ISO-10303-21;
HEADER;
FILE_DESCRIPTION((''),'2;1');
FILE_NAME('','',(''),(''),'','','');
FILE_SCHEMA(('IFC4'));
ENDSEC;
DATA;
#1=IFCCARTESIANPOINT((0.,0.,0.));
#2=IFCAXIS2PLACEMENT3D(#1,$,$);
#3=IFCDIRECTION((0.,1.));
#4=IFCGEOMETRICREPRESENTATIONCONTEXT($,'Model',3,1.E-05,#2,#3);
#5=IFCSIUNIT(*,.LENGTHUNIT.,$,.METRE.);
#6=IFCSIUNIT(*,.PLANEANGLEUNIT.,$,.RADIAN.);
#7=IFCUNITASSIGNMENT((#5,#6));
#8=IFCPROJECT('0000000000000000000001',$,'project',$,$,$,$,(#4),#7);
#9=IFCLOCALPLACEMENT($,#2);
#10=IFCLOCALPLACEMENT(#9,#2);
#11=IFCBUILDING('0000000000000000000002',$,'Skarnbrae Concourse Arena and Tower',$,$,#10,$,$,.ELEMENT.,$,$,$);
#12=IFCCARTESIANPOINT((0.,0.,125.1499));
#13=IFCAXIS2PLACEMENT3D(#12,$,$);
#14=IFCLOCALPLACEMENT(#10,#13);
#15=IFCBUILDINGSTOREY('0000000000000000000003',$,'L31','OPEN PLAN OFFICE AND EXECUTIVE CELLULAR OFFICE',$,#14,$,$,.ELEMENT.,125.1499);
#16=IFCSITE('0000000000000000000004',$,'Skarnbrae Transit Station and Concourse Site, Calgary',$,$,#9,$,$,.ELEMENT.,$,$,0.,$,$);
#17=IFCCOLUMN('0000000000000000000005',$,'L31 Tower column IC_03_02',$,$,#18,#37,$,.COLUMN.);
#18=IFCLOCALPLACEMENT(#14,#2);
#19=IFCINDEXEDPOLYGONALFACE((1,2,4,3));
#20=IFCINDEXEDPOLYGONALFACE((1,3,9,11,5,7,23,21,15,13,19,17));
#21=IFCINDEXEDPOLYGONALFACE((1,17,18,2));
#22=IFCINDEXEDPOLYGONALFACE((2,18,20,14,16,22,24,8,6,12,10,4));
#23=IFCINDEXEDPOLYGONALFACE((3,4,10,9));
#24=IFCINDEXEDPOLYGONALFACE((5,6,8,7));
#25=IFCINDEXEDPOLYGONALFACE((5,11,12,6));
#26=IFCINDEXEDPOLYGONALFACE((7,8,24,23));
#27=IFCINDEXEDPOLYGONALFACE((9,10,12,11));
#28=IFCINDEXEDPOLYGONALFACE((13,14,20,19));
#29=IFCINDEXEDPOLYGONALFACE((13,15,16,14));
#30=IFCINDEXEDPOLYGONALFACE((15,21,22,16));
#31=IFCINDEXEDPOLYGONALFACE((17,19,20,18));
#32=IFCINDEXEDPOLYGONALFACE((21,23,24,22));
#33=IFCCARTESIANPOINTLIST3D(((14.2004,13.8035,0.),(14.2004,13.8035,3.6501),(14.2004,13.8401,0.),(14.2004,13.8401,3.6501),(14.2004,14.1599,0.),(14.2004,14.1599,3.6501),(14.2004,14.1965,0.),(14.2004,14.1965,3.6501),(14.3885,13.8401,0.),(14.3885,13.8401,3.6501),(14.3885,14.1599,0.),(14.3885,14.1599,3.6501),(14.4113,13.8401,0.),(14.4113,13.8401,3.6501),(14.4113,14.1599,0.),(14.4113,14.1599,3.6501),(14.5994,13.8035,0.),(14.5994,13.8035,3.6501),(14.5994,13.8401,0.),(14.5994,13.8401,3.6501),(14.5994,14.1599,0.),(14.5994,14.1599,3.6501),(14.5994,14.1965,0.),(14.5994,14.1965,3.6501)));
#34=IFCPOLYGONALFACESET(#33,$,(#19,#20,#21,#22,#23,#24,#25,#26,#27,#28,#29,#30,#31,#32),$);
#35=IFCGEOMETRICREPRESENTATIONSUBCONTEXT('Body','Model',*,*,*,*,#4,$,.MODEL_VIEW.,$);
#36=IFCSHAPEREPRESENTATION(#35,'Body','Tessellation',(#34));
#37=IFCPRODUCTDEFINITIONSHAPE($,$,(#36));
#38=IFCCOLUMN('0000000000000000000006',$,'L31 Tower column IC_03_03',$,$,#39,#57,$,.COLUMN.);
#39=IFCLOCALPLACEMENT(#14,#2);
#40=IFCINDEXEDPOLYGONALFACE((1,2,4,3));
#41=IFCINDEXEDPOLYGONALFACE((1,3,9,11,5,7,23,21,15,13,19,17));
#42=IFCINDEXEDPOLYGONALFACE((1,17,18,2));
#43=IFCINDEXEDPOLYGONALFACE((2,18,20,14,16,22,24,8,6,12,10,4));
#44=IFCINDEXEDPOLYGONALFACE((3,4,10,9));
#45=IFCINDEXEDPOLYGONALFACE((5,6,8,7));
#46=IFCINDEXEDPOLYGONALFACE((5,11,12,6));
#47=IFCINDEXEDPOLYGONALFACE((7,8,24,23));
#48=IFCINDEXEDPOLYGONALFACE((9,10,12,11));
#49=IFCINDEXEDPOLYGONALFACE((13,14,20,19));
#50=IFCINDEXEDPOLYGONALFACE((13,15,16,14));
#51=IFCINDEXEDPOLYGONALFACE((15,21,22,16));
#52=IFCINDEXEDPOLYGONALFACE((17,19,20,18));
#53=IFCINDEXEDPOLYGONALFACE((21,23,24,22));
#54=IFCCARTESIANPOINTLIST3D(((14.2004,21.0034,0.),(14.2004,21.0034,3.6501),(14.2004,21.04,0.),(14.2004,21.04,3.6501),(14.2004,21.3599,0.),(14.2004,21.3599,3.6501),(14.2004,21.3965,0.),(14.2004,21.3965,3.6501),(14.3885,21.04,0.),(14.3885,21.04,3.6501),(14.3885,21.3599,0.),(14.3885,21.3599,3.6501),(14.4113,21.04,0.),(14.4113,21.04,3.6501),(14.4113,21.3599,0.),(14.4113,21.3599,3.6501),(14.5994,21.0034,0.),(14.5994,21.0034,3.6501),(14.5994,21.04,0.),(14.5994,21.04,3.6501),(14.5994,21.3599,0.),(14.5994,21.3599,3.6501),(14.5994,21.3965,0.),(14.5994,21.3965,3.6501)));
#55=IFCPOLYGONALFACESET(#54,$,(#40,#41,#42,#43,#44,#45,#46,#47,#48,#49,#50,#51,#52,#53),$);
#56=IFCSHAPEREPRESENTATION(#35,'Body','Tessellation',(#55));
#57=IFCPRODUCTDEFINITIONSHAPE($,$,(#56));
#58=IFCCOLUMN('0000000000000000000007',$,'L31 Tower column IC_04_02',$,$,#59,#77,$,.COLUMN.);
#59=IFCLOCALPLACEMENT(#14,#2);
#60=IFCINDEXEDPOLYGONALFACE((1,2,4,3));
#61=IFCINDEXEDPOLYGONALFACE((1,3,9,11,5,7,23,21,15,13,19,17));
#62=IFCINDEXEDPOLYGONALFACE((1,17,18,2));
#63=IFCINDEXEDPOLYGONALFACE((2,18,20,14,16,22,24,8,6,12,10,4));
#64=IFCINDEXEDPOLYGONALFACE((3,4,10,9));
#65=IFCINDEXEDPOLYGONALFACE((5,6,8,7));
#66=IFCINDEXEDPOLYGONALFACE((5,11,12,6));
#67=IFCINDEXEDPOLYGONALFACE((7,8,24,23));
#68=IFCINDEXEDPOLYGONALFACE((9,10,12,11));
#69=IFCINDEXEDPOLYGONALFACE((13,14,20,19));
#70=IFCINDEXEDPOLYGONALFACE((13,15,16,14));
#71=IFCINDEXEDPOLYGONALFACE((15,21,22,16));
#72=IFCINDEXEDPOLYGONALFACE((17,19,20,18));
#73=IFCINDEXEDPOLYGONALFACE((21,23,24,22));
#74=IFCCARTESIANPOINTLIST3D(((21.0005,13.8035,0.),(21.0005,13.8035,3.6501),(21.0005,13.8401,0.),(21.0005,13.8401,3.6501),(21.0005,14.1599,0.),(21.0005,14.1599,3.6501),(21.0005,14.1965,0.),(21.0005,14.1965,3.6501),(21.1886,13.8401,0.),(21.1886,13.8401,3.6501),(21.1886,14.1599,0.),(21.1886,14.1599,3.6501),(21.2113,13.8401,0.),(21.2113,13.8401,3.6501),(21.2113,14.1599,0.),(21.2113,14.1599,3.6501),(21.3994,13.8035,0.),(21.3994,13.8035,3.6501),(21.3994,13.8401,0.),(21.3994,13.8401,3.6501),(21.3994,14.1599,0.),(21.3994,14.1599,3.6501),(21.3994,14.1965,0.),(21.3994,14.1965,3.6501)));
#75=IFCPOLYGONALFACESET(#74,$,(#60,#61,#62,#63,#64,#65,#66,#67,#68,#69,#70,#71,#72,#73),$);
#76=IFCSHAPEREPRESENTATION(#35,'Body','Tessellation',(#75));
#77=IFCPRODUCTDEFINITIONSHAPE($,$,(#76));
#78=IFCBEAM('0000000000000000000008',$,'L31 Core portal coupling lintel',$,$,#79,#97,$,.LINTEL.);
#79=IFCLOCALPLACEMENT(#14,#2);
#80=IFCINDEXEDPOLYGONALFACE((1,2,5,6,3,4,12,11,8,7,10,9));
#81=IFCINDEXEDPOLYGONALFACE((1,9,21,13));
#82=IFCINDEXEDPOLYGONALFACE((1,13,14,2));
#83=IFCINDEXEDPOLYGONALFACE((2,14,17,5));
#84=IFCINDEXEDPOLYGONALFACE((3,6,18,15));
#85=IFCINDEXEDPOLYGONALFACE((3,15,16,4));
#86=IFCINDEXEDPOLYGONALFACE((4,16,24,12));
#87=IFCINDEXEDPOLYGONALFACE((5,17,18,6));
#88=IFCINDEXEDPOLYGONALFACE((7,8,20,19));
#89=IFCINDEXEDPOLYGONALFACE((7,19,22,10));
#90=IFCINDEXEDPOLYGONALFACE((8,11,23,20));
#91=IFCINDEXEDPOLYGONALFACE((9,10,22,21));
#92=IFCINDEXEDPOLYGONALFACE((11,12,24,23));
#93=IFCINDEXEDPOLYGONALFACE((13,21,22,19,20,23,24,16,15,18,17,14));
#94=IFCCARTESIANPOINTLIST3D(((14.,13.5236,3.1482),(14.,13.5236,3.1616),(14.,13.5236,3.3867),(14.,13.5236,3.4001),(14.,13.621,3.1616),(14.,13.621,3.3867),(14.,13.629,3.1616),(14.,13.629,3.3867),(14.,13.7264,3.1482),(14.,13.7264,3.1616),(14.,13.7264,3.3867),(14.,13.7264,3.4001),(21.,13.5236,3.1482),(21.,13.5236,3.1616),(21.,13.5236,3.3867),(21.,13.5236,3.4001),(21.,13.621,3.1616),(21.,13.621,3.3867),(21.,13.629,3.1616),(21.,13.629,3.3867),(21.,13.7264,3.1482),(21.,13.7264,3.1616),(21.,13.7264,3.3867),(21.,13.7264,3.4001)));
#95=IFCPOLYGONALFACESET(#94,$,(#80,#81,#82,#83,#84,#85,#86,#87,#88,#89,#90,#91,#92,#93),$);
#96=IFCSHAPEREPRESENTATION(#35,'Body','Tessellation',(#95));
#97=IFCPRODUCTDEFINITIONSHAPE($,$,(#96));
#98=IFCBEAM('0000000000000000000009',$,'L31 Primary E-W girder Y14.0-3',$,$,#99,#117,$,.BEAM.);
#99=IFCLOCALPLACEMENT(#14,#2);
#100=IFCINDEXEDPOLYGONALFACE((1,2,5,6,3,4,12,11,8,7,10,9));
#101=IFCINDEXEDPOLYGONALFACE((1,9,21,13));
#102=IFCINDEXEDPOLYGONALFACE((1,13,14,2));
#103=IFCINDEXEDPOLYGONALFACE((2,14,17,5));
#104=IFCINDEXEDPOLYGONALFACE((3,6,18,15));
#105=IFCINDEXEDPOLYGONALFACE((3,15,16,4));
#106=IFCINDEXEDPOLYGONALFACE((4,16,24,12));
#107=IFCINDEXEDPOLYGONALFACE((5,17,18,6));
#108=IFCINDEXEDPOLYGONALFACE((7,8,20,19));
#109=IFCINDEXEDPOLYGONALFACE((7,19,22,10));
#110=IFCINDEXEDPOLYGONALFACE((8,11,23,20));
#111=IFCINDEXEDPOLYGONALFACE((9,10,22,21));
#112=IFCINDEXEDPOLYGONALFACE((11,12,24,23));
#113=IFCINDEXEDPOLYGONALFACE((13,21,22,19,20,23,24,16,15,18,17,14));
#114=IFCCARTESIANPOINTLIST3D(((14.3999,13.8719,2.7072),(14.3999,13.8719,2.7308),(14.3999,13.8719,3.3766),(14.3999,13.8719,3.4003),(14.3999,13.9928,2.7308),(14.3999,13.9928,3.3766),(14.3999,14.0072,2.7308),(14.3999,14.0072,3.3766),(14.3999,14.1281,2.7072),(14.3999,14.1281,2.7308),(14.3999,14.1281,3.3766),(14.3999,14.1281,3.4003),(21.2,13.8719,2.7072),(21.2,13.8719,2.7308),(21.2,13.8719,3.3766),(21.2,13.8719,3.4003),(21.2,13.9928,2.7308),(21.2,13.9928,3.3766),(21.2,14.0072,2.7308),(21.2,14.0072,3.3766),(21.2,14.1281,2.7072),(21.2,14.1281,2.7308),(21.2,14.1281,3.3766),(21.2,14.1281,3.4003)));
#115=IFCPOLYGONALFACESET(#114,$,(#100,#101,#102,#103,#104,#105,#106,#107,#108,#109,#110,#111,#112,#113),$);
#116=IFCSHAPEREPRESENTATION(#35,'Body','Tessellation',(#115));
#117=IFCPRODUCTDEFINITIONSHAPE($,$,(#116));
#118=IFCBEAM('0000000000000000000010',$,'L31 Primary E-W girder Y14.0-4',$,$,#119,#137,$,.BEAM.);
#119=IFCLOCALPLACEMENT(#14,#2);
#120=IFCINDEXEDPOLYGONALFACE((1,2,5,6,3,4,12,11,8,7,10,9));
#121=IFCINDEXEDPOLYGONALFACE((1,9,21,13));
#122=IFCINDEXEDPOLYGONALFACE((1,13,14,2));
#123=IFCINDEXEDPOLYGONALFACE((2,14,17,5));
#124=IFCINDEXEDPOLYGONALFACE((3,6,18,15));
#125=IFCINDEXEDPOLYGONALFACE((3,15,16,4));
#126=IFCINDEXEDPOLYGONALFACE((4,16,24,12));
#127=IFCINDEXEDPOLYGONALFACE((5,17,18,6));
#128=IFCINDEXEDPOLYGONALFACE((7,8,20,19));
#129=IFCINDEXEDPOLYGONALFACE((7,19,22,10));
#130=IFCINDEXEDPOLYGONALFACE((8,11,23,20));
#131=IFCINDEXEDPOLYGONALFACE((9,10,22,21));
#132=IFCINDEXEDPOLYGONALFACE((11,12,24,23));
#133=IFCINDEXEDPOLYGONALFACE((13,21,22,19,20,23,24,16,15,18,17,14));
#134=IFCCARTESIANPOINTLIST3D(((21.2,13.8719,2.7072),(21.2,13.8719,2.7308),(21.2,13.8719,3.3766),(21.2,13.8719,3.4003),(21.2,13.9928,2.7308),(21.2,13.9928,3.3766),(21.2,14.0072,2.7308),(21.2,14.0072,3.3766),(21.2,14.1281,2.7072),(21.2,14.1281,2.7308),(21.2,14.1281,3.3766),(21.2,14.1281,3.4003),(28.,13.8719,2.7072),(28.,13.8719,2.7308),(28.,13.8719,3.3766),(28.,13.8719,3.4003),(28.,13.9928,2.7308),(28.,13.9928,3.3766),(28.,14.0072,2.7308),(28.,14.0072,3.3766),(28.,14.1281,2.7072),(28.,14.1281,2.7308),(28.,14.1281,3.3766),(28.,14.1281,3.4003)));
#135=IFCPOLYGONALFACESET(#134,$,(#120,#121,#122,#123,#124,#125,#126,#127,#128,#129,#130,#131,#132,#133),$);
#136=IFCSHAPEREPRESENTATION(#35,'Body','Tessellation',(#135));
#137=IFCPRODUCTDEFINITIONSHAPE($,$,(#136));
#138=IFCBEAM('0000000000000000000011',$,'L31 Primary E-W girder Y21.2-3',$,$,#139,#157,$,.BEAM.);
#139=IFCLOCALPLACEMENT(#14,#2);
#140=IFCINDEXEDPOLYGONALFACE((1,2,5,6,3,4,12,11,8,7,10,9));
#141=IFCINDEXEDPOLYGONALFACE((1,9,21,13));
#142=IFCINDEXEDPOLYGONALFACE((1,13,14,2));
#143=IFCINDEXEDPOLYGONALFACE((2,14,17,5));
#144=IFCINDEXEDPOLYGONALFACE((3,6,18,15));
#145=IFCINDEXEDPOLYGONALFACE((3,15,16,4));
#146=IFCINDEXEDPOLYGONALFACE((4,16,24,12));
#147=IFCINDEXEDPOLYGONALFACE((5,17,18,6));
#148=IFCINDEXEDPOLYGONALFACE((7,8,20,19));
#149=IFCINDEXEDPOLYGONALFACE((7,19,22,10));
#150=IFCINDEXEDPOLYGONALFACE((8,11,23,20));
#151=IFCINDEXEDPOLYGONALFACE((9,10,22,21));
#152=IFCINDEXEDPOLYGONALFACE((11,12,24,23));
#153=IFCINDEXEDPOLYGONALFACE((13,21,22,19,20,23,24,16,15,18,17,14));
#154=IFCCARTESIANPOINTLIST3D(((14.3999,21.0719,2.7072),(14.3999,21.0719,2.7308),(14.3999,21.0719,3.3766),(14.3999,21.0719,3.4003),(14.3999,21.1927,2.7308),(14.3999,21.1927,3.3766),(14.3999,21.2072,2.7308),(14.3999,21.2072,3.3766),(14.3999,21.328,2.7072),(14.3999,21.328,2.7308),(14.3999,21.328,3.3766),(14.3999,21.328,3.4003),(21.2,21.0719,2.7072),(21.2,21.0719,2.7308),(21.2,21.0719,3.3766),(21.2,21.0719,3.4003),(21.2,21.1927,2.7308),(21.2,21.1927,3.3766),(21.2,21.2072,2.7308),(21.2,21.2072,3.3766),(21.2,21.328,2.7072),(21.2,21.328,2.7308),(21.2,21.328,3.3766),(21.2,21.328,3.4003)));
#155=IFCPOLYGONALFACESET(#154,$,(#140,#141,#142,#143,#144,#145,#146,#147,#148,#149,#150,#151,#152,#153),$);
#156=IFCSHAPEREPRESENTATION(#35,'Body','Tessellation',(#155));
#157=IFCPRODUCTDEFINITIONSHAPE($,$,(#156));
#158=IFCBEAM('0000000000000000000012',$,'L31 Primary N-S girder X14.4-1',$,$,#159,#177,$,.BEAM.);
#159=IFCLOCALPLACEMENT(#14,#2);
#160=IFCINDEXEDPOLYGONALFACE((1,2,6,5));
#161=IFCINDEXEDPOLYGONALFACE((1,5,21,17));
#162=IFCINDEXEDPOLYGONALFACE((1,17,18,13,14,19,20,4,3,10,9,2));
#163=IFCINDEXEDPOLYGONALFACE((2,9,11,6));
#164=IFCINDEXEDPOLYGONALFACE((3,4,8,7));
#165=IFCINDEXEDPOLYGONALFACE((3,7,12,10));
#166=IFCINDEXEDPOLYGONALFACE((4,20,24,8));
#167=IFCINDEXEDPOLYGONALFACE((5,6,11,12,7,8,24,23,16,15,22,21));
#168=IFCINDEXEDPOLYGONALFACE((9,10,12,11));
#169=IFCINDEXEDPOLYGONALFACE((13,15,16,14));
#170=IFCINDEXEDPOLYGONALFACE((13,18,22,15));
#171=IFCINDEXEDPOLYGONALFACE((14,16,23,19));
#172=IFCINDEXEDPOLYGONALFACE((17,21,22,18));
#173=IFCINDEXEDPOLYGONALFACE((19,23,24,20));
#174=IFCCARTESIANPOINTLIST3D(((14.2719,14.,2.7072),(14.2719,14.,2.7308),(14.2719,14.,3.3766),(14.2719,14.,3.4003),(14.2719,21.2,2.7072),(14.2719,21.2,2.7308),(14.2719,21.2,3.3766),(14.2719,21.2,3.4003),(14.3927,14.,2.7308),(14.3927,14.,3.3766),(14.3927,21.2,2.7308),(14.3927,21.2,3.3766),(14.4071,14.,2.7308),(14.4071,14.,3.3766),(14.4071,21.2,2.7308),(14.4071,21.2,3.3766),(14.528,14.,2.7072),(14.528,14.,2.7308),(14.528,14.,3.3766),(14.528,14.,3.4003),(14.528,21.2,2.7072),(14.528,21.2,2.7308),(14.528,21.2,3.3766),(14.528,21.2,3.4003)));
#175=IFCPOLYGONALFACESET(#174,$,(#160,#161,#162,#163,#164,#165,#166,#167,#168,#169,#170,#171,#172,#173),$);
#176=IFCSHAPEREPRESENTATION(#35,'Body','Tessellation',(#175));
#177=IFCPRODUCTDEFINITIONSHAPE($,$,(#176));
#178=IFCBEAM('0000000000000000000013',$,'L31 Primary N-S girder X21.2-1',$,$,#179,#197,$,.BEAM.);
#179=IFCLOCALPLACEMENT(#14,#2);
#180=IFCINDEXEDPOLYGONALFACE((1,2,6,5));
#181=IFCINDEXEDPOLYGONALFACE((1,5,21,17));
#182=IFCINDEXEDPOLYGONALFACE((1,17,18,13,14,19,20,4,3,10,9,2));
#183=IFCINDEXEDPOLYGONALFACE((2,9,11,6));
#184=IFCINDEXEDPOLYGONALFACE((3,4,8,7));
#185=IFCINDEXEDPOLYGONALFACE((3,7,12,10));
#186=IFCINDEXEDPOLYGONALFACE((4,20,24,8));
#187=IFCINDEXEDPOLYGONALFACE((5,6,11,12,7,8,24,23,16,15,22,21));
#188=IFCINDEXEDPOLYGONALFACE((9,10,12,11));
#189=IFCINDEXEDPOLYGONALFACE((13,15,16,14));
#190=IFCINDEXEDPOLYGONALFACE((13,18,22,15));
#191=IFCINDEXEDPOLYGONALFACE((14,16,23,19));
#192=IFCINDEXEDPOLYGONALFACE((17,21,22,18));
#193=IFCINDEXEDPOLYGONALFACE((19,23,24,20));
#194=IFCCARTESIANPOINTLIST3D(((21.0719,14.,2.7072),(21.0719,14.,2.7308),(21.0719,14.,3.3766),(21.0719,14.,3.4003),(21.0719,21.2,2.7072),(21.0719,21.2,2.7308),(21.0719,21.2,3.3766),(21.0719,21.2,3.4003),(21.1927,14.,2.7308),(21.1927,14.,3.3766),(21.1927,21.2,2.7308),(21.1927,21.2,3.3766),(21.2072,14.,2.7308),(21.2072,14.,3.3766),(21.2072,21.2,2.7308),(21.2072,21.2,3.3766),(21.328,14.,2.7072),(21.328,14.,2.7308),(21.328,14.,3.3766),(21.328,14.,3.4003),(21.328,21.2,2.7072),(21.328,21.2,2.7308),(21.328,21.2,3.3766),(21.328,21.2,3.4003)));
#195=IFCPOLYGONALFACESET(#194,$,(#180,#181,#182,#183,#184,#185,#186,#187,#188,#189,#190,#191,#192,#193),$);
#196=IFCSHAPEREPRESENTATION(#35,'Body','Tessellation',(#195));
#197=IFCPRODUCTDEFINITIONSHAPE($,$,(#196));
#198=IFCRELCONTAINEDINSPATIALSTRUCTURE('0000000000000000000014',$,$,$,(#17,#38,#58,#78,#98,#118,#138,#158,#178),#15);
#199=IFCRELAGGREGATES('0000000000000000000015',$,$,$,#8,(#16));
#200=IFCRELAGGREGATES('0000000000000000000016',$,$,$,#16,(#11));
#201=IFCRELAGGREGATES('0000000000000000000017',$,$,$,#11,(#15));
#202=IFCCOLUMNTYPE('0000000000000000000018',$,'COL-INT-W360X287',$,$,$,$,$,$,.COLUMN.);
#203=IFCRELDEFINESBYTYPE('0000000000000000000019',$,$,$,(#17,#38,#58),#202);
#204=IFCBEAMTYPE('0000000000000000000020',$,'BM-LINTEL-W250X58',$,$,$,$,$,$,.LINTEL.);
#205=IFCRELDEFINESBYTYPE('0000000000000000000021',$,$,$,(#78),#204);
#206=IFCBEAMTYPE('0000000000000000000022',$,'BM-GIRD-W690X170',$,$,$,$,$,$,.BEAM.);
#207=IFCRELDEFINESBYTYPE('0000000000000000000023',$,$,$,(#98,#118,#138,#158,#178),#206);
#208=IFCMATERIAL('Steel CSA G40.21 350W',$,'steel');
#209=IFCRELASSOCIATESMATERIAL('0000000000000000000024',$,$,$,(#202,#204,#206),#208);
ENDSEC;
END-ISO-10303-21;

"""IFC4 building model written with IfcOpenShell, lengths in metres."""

from ifc_helpers import new_model, si_unit, direction, frame, origin, origin_2d, place, context, subcontext, project, spatial, i_section, extrude, source, transform, mapped, material, material_profile, profile_set, type_object, element, save


model = new_model("IFC4")

# Units and contexts
model_context = context("Model", 3, precision=1e-05, world=origin(), true_north=direction((0.0, 1.0)))
body_context = subcontext(model_context, "Body", "Model", "MODEL_VIEW")
ifc_project = project(units=[si_unit("LENGTHUNIT", "METRE"), si_unit("PLANEANGLEUNIT", "RADIAN")], contexts=[model_context])

# Site, building, storey
site_placement = place(None, origin())
site = spatial("IfcSite", under=ifc_project, at=site_placement, Name="Skarnbrae Transit Station and Concourse Site, Calgary", CompositionType="ELEMENT", RefElevation=0.0)
building_placement = place(site_placement, origin())
building = spatial("IfcBuilding", under=site, at=building_placement, Name="Skarnbrae Concourse Arena and Tower", CompositionType="ELEMENT")
storey_placement = place(building_placement, frame((0.0, 0.0, 125.1499)))
storey = spatial("IfcBuildingStorey", under=building, at=storey_placement, Name="L31", Description="OPEN PLAN OFFICE AND EXECUTIVE CELLULAR OFFICE", CompositionType="ELEMENT", Elevation=125.1499)

# Columns
ifc_material_1 = material(Name="Steel CSA G40.21 350W", Category="steel")
ifc_material_profile_1 = material_profile(ifc_material_1, i_section(OverallWidth=0.3989, OverallDepth=0.3931, WebThickness=0.0227, FlangeThickness=0.0366, at=origin_2d()), Name="W360X287")
ifc_profile_set_1 = profile_set([ifc_material_profile_1], Name="Steel CSA G40.21 350W")
column_type = type_object("IfcColumnType", Name="COL-INT-W360X287", PredefinedType="COLUMN", material=ifc_profile_set_1)
shared_shape_1 = source(origin(), body_context, "Body", "SweptSolid", [
    extrude(i_section(OverallWidth=0.3989, OverallDepth=0.3931, WebThickness=0.0227, FlangeThickness=0.0366, at=origin_2d()), origin(), (0.0, 0.0, 1.0), 3.6501),
])
for number, where, z_axis, x_axis, name in (
    (1, (14.3999, 14.0, 0.0), (0.0, 0.0, 1.0), (1.0, 0.0, 0.0), "L31 Tower column IC_03_02"),
    (2, (14.3999, 21.2, 0.0), (0.0, 0.0, 1.0), (1.0, 0.0, 0.0), "L31 Tower column IC_03_03"),
    (3, (21.2, 14.0, 0.0), (0.0, 0.0, 1.0), (1.0, 0.0, 0.0), "L31 Tower column IC_04_02"),
):
    element("IfcColumn", number, at=place(storey_placement, frame(where, z_axis=z_axis, x_axis=x_axis)), inside=storey, type_object=column_type, Name=name, PredefinedType="COLUMN", context=body_context, shape_type="MappedRepresentation", body=[
        mapped(shared_shape_1, transform((0.0, 0.0, 0.0))),
    ])

# Beams
ifc_material_profile_2 = material_profile(ifc_material_1, i_section(OverallWidth=0.2029, OverallDepth=0.252, WebThickness=0.0081, FlangeThickness=0.0134, at=origin_2d()), Name="W250X58")
ifc_profile_set_2 = profile_set([ifc_material_profile_2], Name="Steel CSA G40.21 350W")
beam_type_1 = type_object("IfcBeamType", Name="BM-LINTEL-W250X58", PredefinedType="LINTEL", material=ifc_profile_set_2)
shared_shape_2 = source(origin(), body_context, "Body", "SweptSolid", [
    extrude(i_section(OverallWidth=0.2029, OverallDepth=0.252, WebThickness=0.0081, FlangeThickness=0.0134, at=origin_2d()), origin(), (0.0, 0.0, 1.0), 7.0),
])
beam_placement = place(storey_placement, frame((14.0, 13.625, 3.2742), z_axis=(1.0, 0.0, 0.0), x_axis=(0.0, 1.0, 0.0)))
element("IfcBeam", 4, at=beam_placement, inside=storey, type_object=beam_type_1, Name="L31 Core portal coupling lintel", PredefinedType="LINTEL", context=body_context, shape_type="MappedRepresentation", body=[
    mapped(shared_shape_2, transform((0.0, 0.0, 0.0))),
])
ifc_material_profile_3 = material_profile(ifc_material_1, i_section(OverallWidth=0.2561, OverallDepth=0.6931, WebThickness=0.0144, FlangeThickness=0.0237, at=origin_2d()), Name="W690X170")
ifc_profile_set_3 = profile_set([ifc_material_profile_3], Name="Steel CSA G40.21 350W")
beam_type_2 = type_object("IfcBeamType", Name="BM-GIRD-W690X170", PredefinedType="BEAM", material=ifc_profile_set_3)
shared_shape_3 = source(origin(), body_context, "Body", "SweptSolid", [
    extrude(i_section(OverallWidth=0.2561, OverallDepth=0.6931, WebThickness=0.0144, FlangeThickness=0.0237, at=origin_2d()), origin(), (0.0, 0.0, 1.0), 6.8),
])
for number, where, z_axis, x_axis, name in (
    (5, (14.3999, 14.0, 3.0537), (1.0, 0.0, 0.0), (0.0, 1.0, 0.0), "L31 Primary E-W girder Y14.0-3"),
    (6, (21.2, 14.0, 3.0537), (1.0, 0.0, 0.0), (0.0, 1.0, 0.0), "L31 Primary E-W girder Y14.0-4"),
    (7, (14.3999, 21.2, 3.0537), (1.0, 0.0, 0.0), (0.0, 1.0, 0.0), "L31 Primary E-W girder Y21.2-3"),
):
    element("IfcBeam", number, at=place(storey_placement, frame(where, z_axis=z_axis, x_axis=x_axis)), inside=storey, type_object=beam_type_2, Name=name, PredefinedType="BEAM", context=body_context, shape_type="MappedRepresentation", body=[
        mapped(shared_shape_3, transform((0.0, 0.0, 0.0))),
    ])
shared_shape_4 = source(origin(), body_context, "Body", "SweptSolid", [
    extrude(i_section(OverallWidth=0.2561, OverallDepth=0.6931, WebThickness=0.0144, FlangeThickness=0.0237, at=origin_2d()), origin(), (0.0, 0.0, 1.0), 7.2),
])
for number, where, z_axis, x_axis, name in (
    (8, (14.3999, 14.0, 3.0537), (0.0, 1.0, 0.0), (-1.0, 0.0, 0.0), "L31 Primary N-S girder X14.4-1"),
    (9, (21.2, 14.0, 3.0537), (0.0, 1.0, 0.0), (-1.0, 0.0, 0.0), "L31 Primary N-S girder X21.2-1"),
):
    element("IfcBeam", number, at=place(storey_placement, frame(where, z_axis=z_axis, x_axis=x_axis)), inside=storey, type_object=beam_type_2, Name=name, PredefinedType="BEAM", context=body_context, shape_type="MappedRepresentation", body=[
        mapped(shared_shape_4, transform((0.0, 0.0, 0.0))),
    ])

save(model, "model.ifc")
